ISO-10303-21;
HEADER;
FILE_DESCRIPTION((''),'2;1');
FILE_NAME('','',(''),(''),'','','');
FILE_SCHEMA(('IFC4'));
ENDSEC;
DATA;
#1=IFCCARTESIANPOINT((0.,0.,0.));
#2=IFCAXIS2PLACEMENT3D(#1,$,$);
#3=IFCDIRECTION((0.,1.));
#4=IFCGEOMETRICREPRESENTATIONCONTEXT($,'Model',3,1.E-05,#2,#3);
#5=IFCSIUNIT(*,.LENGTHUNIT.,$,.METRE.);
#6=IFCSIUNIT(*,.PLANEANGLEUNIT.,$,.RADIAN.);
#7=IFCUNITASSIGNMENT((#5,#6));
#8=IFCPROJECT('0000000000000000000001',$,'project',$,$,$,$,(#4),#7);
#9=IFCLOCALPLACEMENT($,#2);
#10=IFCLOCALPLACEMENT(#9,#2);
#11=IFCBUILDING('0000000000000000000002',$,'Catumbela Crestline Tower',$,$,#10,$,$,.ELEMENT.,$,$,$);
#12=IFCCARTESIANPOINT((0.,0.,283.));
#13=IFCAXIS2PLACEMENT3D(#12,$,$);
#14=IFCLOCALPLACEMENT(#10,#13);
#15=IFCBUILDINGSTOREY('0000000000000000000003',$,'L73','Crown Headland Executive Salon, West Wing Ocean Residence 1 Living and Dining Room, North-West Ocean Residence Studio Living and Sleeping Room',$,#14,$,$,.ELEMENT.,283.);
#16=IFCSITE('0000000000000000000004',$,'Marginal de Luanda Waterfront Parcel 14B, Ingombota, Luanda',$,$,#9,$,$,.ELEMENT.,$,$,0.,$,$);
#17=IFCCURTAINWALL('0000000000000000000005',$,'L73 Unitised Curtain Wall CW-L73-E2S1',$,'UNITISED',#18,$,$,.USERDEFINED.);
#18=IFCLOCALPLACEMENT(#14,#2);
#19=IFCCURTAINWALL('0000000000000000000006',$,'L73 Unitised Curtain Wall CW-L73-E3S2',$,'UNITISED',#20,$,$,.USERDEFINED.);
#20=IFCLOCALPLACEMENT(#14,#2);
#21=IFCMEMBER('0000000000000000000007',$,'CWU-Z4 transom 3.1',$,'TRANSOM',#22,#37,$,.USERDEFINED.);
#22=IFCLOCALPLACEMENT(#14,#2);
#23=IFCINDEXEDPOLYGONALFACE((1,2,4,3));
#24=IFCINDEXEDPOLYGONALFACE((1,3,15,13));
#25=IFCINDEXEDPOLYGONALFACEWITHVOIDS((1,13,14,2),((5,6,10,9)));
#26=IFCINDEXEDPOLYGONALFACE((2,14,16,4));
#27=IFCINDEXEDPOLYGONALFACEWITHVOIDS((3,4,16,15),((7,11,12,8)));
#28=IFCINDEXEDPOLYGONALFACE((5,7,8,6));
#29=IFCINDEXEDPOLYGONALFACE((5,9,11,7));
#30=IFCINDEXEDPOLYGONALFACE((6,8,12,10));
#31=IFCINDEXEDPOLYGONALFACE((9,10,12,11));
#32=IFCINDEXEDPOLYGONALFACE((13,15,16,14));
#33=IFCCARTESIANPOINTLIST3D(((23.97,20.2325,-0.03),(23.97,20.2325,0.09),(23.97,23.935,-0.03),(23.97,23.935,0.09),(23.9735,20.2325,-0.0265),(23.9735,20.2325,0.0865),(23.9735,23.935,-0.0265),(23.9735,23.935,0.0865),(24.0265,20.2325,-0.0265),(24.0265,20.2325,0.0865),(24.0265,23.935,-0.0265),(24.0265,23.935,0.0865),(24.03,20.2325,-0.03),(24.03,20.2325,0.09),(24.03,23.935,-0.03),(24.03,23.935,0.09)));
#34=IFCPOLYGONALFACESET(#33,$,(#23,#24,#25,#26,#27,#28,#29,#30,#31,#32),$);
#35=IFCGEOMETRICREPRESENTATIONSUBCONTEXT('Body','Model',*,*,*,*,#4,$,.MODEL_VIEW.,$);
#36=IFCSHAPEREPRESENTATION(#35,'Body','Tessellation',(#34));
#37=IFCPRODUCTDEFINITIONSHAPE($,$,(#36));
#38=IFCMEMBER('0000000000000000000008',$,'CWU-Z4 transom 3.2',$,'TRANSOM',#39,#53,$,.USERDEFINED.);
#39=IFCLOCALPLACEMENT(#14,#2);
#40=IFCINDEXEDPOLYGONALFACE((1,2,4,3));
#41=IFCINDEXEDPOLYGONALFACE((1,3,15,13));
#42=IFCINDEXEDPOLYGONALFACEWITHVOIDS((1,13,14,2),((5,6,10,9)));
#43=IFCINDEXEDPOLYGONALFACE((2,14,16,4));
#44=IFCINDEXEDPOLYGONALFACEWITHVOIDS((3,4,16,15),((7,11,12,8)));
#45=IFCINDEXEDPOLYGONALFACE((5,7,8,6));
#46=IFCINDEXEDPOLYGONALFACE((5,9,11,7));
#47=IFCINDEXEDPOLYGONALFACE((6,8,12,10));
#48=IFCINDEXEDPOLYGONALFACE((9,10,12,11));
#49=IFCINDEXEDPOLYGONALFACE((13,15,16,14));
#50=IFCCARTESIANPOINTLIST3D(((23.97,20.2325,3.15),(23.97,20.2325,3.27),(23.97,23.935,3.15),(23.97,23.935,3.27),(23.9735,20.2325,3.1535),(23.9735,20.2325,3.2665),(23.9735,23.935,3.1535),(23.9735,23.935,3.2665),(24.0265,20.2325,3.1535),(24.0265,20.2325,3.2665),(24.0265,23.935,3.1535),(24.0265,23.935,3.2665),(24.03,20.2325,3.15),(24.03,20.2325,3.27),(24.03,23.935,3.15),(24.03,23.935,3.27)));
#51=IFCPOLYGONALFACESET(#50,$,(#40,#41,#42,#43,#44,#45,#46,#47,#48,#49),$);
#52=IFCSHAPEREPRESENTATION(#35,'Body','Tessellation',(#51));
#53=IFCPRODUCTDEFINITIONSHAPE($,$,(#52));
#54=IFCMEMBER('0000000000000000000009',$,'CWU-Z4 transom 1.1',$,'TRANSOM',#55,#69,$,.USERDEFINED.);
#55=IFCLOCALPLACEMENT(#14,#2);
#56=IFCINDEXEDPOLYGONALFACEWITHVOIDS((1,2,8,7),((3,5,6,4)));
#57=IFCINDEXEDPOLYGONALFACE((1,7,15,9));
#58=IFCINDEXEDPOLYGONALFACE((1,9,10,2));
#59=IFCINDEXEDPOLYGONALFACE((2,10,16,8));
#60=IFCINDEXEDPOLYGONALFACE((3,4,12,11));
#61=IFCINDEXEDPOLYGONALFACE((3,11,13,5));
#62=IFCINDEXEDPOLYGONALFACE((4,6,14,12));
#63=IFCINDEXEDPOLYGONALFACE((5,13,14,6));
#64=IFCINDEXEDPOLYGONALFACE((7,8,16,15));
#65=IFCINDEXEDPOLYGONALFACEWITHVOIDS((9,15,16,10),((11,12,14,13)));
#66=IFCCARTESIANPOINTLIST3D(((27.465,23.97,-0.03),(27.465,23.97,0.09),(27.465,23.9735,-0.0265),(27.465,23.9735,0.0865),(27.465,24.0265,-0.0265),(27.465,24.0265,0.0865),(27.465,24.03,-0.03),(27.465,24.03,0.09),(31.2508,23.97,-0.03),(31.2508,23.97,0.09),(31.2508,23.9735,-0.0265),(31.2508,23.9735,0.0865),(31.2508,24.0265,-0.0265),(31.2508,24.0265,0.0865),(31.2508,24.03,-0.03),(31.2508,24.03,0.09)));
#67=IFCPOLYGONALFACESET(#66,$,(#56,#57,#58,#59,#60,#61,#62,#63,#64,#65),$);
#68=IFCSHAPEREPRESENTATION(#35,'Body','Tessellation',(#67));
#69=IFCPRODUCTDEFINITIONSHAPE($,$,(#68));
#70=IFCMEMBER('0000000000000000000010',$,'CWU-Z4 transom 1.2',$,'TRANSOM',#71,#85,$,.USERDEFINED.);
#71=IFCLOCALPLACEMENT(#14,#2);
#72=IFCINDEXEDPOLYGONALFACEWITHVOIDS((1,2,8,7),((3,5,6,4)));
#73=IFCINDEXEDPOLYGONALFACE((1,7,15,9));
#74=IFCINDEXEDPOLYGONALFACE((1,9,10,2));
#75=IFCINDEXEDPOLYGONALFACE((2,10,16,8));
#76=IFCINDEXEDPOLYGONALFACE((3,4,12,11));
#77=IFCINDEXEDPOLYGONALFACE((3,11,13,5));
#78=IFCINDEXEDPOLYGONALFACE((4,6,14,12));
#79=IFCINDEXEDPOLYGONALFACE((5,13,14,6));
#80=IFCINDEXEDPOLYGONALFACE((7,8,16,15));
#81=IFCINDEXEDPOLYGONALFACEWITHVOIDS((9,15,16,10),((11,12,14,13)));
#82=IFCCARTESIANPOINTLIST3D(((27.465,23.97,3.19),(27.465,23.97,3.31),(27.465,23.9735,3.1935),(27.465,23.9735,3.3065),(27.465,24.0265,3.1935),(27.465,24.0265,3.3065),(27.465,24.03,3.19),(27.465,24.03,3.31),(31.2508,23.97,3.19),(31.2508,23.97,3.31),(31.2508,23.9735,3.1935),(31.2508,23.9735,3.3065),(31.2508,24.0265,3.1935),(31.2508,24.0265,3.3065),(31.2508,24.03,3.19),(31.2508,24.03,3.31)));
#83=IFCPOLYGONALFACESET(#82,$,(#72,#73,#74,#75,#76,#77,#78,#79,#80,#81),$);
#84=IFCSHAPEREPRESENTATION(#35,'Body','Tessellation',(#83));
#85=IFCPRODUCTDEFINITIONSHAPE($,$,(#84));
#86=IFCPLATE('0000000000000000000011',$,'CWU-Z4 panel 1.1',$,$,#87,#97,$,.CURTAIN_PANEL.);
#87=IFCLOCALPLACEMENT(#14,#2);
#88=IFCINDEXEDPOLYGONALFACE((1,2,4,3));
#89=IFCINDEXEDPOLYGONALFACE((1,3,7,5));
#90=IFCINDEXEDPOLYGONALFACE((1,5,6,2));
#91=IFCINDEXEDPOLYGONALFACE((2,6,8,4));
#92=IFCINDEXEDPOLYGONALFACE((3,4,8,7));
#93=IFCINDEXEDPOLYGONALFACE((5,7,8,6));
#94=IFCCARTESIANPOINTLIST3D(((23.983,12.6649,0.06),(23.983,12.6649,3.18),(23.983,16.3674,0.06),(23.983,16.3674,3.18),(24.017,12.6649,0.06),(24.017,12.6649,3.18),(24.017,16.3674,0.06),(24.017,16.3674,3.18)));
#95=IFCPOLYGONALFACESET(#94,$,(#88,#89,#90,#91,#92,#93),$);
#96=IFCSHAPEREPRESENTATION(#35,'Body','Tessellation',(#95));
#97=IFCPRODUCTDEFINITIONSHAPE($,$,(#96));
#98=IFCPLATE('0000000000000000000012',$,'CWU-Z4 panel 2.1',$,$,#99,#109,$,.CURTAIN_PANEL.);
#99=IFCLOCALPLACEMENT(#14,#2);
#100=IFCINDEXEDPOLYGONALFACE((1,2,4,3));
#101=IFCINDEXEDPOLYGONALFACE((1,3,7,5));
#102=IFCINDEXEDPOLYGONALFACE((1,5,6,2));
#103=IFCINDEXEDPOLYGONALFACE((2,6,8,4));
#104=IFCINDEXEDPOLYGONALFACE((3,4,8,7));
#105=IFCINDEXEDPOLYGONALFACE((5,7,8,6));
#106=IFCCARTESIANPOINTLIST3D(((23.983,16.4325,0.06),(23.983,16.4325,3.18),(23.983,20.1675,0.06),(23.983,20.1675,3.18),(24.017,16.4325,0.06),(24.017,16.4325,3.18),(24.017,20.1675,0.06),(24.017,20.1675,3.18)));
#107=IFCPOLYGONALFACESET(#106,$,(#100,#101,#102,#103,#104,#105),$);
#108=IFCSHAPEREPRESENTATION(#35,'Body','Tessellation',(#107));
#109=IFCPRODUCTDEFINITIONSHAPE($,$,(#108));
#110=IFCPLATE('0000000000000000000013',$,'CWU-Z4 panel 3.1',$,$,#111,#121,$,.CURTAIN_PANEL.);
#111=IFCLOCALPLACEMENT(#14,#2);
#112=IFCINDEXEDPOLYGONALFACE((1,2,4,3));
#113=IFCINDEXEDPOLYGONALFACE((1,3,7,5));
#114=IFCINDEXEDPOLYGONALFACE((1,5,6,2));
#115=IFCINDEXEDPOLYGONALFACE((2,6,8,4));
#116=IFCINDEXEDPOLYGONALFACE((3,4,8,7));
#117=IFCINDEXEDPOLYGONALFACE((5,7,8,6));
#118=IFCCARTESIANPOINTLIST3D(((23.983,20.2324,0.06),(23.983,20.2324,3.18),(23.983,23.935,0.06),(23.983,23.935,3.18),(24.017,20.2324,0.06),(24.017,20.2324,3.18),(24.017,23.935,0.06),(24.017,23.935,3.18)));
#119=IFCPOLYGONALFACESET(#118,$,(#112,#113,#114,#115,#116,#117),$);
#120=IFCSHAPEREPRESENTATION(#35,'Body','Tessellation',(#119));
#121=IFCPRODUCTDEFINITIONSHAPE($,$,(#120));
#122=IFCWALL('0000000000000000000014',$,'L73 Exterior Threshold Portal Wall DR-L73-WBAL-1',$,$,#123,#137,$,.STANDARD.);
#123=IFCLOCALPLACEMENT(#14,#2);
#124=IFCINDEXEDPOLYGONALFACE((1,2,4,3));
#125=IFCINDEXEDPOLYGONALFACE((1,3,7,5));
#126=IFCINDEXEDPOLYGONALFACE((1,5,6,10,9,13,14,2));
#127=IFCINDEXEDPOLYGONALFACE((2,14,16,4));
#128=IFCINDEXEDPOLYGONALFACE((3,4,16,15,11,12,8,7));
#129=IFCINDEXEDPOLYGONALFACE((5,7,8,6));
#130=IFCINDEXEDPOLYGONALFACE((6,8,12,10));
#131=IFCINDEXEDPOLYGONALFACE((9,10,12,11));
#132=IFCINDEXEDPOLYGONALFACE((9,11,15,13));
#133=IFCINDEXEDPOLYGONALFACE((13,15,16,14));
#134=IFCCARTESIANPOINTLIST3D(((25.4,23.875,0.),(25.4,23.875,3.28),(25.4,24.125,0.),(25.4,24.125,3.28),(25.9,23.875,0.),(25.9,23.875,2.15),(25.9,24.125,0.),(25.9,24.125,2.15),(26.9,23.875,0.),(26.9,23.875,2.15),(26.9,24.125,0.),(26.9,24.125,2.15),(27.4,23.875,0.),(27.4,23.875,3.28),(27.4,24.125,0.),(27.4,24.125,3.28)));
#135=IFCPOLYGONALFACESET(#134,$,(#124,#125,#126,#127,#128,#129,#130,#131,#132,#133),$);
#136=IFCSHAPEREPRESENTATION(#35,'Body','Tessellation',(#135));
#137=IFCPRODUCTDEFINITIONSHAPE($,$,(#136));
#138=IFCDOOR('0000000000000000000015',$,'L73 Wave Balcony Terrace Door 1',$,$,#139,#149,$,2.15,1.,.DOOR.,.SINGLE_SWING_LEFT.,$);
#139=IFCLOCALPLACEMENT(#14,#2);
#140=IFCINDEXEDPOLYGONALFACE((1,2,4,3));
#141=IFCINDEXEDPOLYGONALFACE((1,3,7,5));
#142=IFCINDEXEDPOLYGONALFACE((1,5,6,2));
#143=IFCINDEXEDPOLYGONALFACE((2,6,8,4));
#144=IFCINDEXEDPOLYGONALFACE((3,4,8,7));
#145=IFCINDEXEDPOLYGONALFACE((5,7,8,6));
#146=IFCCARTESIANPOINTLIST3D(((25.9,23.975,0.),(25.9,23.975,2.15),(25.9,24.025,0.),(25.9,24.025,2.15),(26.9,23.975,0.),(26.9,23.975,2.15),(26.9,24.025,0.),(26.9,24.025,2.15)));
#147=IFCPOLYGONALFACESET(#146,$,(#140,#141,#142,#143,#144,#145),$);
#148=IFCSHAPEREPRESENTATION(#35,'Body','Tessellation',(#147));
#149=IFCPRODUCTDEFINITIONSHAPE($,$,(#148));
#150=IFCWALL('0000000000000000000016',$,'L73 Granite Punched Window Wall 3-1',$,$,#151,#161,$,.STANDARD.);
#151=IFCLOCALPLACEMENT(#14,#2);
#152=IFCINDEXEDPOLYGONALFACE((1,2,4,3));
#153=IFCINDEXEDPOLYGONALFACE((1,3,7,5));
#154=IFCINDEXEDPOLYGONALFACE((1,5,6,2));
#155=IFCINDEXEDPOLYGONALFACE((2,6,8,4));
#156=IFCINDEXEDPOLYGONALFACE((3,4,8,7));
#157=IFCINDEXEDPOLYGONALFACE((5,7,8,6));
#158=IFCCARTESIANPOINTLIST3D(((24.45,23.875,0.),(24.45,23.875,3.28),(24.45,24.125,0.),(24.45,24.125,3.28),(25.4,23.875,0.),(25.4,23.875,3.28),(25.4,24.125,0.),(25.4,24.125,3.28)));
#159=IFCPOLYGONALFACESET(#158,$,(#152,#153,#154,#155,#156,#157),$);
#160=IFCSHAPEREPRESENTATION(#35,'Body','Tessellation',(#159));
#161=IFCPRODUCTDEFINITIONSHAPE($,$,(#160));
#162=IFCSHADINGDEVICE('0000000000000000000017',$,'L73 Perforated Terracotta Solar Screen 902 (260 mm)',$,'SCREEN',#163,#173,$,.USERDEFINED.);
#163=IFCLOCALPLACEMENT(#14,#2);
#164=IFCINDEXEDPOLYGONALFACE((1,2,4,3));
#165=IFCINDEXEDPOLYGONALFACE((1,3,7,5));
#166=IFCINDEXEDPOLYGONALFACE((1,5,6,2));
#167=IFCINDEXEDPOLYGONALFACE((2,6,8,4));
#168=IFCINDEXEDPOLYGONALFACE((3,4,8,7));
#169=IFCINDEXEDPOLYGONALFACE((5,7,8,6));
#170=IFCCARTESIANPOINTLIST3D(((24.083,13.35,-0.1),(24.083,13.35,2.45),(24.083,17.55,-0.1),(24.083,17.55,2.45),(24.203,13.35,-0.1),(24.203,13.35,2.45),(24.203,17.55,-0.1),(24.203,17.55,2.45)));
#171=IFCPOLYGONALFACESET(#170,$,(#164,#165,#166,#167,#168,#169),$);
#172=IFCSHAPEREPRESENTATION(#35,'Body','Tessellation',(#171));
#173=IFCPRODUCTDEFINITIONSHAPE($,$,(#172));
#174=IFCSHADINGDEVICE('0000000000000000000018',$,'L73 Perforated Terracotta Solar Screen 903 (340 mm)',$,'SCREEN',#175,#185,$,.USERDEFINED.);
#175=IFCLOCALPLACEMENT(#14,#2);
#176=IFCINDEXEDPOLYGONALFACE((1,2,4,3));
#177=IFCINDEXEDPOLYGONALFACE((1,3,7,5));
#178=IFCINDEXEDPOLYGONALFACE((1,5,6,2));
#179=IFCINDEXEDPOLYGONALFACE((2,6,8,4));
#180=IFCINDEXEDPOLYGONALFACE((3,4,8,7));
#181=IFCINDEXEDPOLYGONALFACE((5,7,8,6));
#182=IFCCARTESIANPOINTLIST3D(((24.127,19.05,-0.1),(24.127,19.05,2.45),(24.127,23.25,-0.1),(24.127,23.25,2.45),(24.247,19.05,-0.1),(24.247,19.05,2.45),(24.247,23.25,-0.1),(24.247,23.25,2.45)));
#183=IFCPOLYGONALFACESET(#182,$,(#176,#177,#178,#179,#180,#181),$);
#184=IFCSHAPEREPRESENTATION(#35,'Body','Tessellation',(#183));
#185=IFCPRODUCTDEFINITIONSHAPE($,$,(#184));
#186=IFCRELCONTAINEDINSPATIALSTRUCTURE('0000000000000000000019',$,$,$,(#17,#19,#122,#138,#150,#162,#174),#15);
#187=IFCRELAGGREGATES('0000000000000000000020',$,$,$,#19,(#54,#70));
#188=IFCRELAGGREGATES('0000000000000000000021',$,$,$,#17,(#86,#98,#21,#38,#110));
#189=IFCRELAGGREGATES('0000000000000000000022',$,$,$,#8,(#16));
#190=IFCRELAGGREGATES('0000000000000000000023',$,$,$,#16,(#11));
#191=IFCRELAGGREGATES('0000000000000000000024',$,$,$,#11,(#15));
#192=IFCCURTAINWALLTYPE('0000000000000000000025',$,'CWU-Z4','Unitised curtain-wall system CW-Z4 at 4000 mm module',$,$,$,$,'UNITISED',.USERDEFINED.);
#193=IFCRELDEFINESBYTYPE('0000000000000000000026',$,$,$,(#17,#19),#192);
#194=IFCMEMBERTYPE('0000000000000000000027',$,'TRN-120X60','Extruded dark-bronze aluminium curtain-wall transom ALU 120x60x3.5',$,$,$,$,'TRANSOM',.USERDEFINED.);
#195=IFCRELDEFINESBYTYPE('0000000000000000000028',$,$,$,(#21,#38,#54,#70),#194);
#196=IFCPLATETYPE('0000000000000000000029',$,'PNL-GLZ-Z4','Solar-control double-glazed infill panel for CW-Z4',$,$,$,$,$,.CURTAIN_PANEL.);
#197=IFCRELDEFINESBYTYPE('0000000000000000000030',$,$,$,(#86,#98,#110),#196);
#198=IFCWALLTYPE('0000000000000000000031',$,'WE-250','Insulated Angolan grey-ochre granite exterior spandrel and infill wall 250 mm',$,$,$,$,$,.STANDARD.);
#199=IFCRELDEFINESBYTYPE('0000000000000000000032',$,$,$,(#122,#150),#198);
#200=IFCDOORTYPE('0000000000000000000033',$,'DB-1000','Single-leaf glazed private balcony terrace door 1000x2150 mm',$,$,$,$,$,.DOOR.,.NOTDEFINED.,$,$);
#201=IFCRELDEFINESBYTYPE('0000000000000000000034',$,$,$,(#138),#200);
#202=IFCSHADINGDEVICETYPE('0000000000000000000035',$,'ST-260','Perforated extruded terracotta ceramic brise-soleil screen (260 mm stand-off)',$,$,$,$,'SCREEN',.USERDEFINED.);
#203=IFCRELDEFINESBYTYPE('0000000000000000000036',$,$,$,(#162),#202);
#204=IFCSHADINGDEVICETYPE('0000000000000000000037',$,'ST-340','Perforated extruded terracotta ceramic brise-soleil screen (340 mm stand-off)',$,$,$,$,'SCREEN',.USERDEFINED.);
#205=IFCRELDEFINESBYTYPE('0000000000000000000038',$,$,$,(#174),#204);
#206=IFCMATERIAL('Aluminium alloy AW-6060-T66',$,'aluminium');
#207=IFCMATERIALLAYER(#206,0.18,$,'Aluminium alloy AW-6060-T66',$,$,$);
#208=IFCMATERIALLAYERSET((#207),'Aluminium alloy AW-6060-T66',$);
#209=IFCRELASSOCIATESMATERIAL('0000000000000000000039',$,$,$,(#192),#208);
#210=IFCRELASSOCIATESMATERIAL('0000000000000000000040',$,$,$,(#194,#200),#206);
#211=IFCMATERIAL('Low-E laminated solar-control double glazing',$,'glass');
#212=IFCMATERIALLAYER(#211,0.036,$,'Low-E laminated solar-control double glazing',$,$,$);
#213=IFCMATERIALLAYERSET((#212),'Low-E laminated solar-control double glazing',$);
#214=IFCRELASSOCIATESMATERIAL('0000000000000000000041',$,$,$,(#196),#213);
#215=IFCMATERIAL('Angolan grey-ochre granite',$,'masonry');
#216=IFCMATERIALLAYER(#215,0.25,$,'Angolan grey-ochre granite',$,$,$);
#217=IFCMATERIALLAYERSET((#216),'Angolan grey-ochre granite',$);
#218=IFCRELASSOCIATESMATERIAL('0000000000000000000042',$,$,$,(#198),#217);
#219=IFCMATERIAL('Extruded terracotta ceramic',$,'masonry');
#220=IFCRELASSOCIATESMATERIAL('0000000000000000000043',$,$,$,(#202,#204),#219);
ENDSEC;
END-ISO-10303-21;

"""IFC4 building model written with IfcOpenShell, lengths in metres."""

from ifc_helpers import new_model, si_unit, direction, frame, frame_2d, origin, origin_2d, place, context, subcontext, project, spatial, rectangle, hollow_rectangle, extrude, material, layer, layer_set, material_profile, profile_set, type_object, element, fill, aggregate, save


model = new_model("IFC4")

# Units and contexts
model_context = context("Model", 3, precision=1e-05, world=origin(), true_north=direction((0.0, 1.0)))
body_context = subcontext(model_context, "Body", "Model", "MODEL_VIEW")
ifc_project = project(units=[si_unit("LENGTHUNIT", "METRE"), si_unit("PLANEANGLEUNIT", "RADIAN")], contexts=[model_context])

# Site, building, storey
site_placement = place(None, origin())
site = spatial("IfcSite", under=ifc_project, at=site_placement, Name="Marginal de Luanda Waterfront Parcel 14B, Ingombota, Luanda", CompositionType="ELEMENT", RefElevation=0.0)
building_placement = place(site_placement, origin())
building = spatial("IfcBuilding", under=site, at=building_placement, Name="Catumbela Crestline Tower", CompositionType="ELEMENT")
storey_placement = place(building_placement, frame((0.0, 0.0, 283.0)))
storey = spatial("IfcBuildingStorey", under=building, at=storey_placement, Name="L73", Description="Crown Headland Executive Salon, West Wing Ocean Residence 1 Living and Dining Room, North-West Ocean Residence Studio Living and Sleeping Room", CompositionType="ELEMENT", Elevation=283.0)

# Curtain wall
ifc_material_1 = material(Name="Aluminium alloy AW-6060-T66", Category="aluminium")
ifc_layer_1 = layer(ifc_material_1, 0.18, Name="Aluminium alloy AW-6060-T66")
ifc_layer_set_1 = layer_set([ifc_layer_1], Name="Aluminium alloy AW-6060-T66")
curtain_wall_type = type_object("IfcCurtainWallType", Name="CWU-Z4", Description="Unitised curtain-wall system CW-Z4 at 4000 mm module", ElementType="UNITISED", PredefinedType="USERDEFINED", material=ifc_layer_set_1)
curtain_wall_1_placement = place(storey_placement, origin())
curtain_wall_1 = element("IfcCurtainWall", 1, at=curtain_wall_1_placement, inside=storey, type_object=curtain_wall_type, Name="L73 Unitised Curtain Wall CW-L73-E2S1", ObjectType="UNITISED", PredefinedType="USERDEFINED")

# Curtain wall
curtain_wall_2_placement = place(storey_placement, origin())
curtain_wall_2 = element("IfcCurtainWall", 2, at=curtain_wall_2_placement, inside=storey, type_object=curtain_wall_type, Name="L73 Unitised Curtain Wall CW-L73-E3S2", ObjectType="UNITISED", PredefinedType="USERDEFINED")

# Members
ifc_material_profile_1 = material_profile(ifc_material_1, hollow_rectangle(XDim=0.06, YDim=0.12, WallThickness=0.0035, at=origin_2d()), Name="ALU 120x60x3.5")
ifc_profile_set_1 = profile_set([ifc_material_profile_1], Name="Aluminium alloy AW-6060-T66")
member_type_1 = type_object("IfcMemberType", Name="TRN-120X60", Description="Extruded dark-bronze aluminium curtain-wall transom ALU 120x60x3.5", ElementType="TRANSOM", PredefinedType="USERDEFINED", material=ifc_profile_set_1)
member_1_placement = place(storey_placement, frame((24.0, 20.2325, 0.03), z_axis=(0.0, 1.0, 0.0), x_axis=(-1.0, 0.0, 0.0)))
member_1 = element("IfcMember", 3, at=member_1_placement, type_object=member_type_1, Name="CWU-Z4 transom 3.1", ObjectType="TRANSOM", PredefinedType="USERDEFINED", context=body_context, shape_type="SweptSolid", body=[
    extrude(hollow_rectangle(XDim=0.06, YDim=0.12, WallThickness=0.0035, at=origin_2d()), origin(), (0.0, 0.0, 1.0), 3.7025),
])
member_2_placement = place(storey_placement, frame((24.0, 20.2325, 3.21), z_axis=(0.0, 1.0, 0.0), x_axis=(-1.0, 0.0, 0.0)))
member_2 = element("IfcMember", 4, at=member_2_placement, type_object=member_type_1, Name="CWU-Z4 transom 3.2", ObjectType="TRANSOM", PredefinedType="USERDEFINED", context=body_context, shape_type="SweptSolid", body=[
    extrude(hollow_rectangle(XDim=0.06, YDim=0.12, WallThickness=0.0035, at=origin_2d()), origin(), (0.0, 0.0, 1.0), 3.7025),
])
member_3_placement = place(storey_placement, frame((27.465, 24.0, 0.03), z_axis=(1.0, 0.0, 0.0), x_axis=(0.0, 1.0, 0.0)))
member_3 = element("IfcMember", 5, at=member_3_placement, type_object=member_type_1, Name="CWU-Z4 transom 1.1", ObjectType="TRANSOM", PredefinedType="USERDEFINED", context=body_context, shape_type="SweptSolid", body=[
    extrude(hollow_rectangle(XDim=0.06, YDim=0.12, WallThickness=0.0035, at=origin_2d()), origin(), (0.0, 0.0, 1.0), 3.7858),
])
member_4_placement = place(storey_placement, frame((27.465, 24.0, 3.25), z_axis=(1.0, 0.0, 0.0), x_axis=(0.0, 1.0, 0.0)))
member_4 = element("IfcMember", 6, at=member_4_placement, type_object=member_type_1, Name="CWU-Z4 transom 1.2", ObjectType="TRANSOM", PredefinedType="USERDEFINED", context=body_context, shape_type="SweptSolid", body=[
    extrude(hollow_rectangle(XDim=0.06, YDim=0.12, WallThickness=0.0035, at=origin_2d()), origin(), (0.0, 0.0, 1.0), 3.7858),
])
aggregate(curtain_wall_2, [member_3, member_4])

# Plates
ifc_material_2 = material(Name="Low-E laminated solar-control double glazing", Category="glass")
ifc_layer_2 = layer(ifc_material_2, 0.036, Name="Low-E laminated solar-control double glazing")
ifc_layer_set_2 = layer_set([ifc_layer_2], Name="Low-E laminated solar-control double glazing")
plate_type = type_object("IfcPlateType", Name="PNL-GLZ-Z4", Description="Solar-control double-glazed infill panel for CW-Z4", PredefinedType="CURTAIN_PANEL", material=ifc_layer_set_2)
plate_1_placement = place(storey_placement, frame((24.0, 14.5162, 0.06), z_axis=(0.0, 0.0, 1.0), x_axis=(0.0, 1.0, 0.0)))
plate_1 = element("IfcPlate", 7, at=plate_1_placement, type_object=plate_type, Name="CWU-Z4 panel 1.1", PredefinedType="CURTAIN_PANEL", context=body_context, shape_type="SweptSolid", body=[
    extrude(rectangle(XDim=3.7025, YDim=0.034, at=origin_2d()), origin(), (0.0, 0.0, 1.0), 3.12),
])
plate_2_placement = place(storey_placement, frame((24.0, 18.3, 0.06), z_axis=(0.0, 0.0, 1.0), x_axis=(0.0, 1.0, 0.0)))
plate_2 = element("IfcPlate", 8, at=plate_2_placement, type_object=plate_type, Name="CWU-Z4 panel 2.1", PredefinedType="CURTAIN_PANEL", context=body_context, shape_type="SweptSolid", body=[
    extrude(rectangle(XDim=3.735, YDim=0.034, at=origin_2d()), origin(), (0.0, 0.0, 1.0), 3.12),
])
plate_3_placement = place(storey_placement, frame((24.0, 22.0837, 0.06), z_axis=(0.0, 0.0, 1.0), x_axis=(0.0, 1.0, 0.0)))
plate_3 = element("IfcPlate", 9, at=plate_3_placement, type_object=plate_type, Name="CWU-Z4 panel 3.1", PredefinedType="CURTAIN_PANEL", context=body_context, shape_type="SweptSolid", body=[
    extrude(rectangle(XDim=3.7025, YDim=0.034, at=origin_2d()), origin(), (0.0, 0.0, 1.0), 3.12),
])
aggregate(curtain_wall_1, [plate_1, plate_2, member_1, member_2, plate_3])

# Wall, opening, door
ifc_material_3 = material(Name="Angolan grey-ochre granite", Category="masonry")
ifc_layer_3 = layer(ifc_material_3, 0.25, Name="Angolan grey-ochre granite")
ifc_layer_set_3 = layer_set([ifc_layer_3], Name="Angolan grey-ochre granite")
wall_type = type_object("IfcWallType", Name="WE-250", Description="Insulated Angolan grey-ochre granite exterior spandrel and infill wall 250 mm", PredefinedType="STANDARD", material=ifc_layer_set_3)
wall_1_placement = place(storey_placement, frame((25.4, 24.0, 0.0), z_axis=(0.0, 0.0, 1.0), x_axis=(1.0, 0.0, 0.0)))
wall_1 = element("IfcWall", 10, at=wall_1_placement, inside=storey, type_object=wall_type, Name="L73 Exterior Threshold Portal Wall DR-L73-WBAL-1", PredefinedType="STANDARD", context=body_context, shape_type="SweptSolid", body=[
    extrude(rectangle(XDim=2.0, YDim=0.25, at=frame_2d((1.0, 0.0))), origin(), (0.0, 0.0, 1.0), 3.28),
])
opening_placement = place(wall_1_placement, frame((0.5, 0.0, 0.0)))
opening = element("IfcOpeningElement", 11, at=opening_placement, cuts=wall_1, PredefinedType="OPENING", context=body_context, shape_type="SweptSolid", body=[
    extrude(rectangle(XDim=1.0, YDim=2.15, at=frame_2d((0.5, 1.075))), frame((0.0, 0.135, 0.0), z_axis=(0.0, -1.0, 0.0), x_axis=(1.0, 0.0, 0.0)), (0.0, 0.0, 1.0), 0.27),
])
door_type = type_object("IfcDoorType", Name="DB-1000", Description="Single-leaf glazed private balcony terrace door 1000x2150 mm", OperationType="NOTDEFINED", PredefinedType="DOOR", material=ifc_material_1)
door_placement = place(opening_placement, origin())
door = element("IfcDoor", 12, at=door_placement, inside=storey, type_object=door_type, Name="L73 Wave Balcony Terrace Door 1", OperationType="SINGLE_SWING_LEFT", OverallHeight=2.15, OverallWidth=1.0, PredefinedType="DOOR", context=body_context, shape_type="SweptSolid", body=[
    extrude(rectangle(XDim=1.0, YDim=2.15, at=frame_2d((0.5, 1.075))), frame((0.0, 0.025, 0.0), z_axis=(0.0, -1.0, 0.0), x_axis=(1.0, 0.0, 0.0)), (0.0, 0.0, 1.0), 0.05),
])
fill(opening, door)

# Wall
wall_2_placement = place(storey_placement, frame((24.45, 24.0, 0.0), z_axis=(0.0, 0.0, 1.0), x_axis=(1.0, 0.0, 0.0)))
element("IfcWall", 13, at=wall_2_placement, inside=storey, type_object=wall_type, Name="L73 Granite Punched Window Wall 3-1", PredefinedType="STANDARD", context=body_context, shape_type="SweptSolid", body=[
    extrude(rectangle(XDim=0.95, YDim=0.25, at=frame_2d((0.475, 0.0))), origin(), (0.0, 0.0, 1.0), 3.28),
])

# Shading devices
ifc_material_4 = material(Name="Extruded terracotta ceramic", Category="masonry")
shading_device_type_1 = type_object("IfcShadingDeviceType", Name="ST-260", Description="Perforated extruded terracotta ceramic brise-soleil screen (260 mm stand-off)", ElementType="SCREEN", PredefinedType="USERDEFINED", material=ifc_material_4)
shading_device_1_placement = place(storey_placement, frame((24.143, 15.45, -0.1), z_axis=(0.0, 0.0, 1.0), x_axis=(0.0, 1.0, 0.0)))
element("IfcShadingDevice", 14, at=shading_device_1_placement, inside=storey, type_object=shading_device_type_1, Name="L73 Perforated Terracotta Solar Screen 902 (260 mm)", ObjectType="SCREEN", PredefinedType="USERDEFINED", context=body_context, shape_type="SweptSolid", body=[
    extrude(rectangle(XDim=4.2, YDim=0.12, at=origin_2d()), origin(), (0.0, 0.0, 1.0), 2.55),
])
shading_device_type_2 = type_object("IfcShadingDeviceType", Name="ST-340", Description="Perforated extruded terracotta ceramic brise-soleil screen (340 mm stand-off)", ElementType="SCREEN", PredefinedType="USERDEFINED", material=ifc_material_4)
shading_device_2_placement = place(storey_placement, frame((24.187, 21.15, -0.1), z_axis=(0.0, 0.0, 1.0), x_axis=(0.0, 1.0, 0.0)))
element("IfcShadingDevice", 15, at=shading_device_2_placement, inside=storey, type_object=shading_device_type_2, Name="L73 Perforated Terracotta Solar Screen 903 (340 mm)", ObjectType="SCREEN", PredefinedType="USERDEFINED", context=body_context, shape_type="SweptSolid", body=[
    extrude(rectangle(XDim=4.2, YDim=0.12, at=origin_2d()), origin(), (0.0, 0.0, 1.0), 2.55),
])

save(model, "model.ifc")
